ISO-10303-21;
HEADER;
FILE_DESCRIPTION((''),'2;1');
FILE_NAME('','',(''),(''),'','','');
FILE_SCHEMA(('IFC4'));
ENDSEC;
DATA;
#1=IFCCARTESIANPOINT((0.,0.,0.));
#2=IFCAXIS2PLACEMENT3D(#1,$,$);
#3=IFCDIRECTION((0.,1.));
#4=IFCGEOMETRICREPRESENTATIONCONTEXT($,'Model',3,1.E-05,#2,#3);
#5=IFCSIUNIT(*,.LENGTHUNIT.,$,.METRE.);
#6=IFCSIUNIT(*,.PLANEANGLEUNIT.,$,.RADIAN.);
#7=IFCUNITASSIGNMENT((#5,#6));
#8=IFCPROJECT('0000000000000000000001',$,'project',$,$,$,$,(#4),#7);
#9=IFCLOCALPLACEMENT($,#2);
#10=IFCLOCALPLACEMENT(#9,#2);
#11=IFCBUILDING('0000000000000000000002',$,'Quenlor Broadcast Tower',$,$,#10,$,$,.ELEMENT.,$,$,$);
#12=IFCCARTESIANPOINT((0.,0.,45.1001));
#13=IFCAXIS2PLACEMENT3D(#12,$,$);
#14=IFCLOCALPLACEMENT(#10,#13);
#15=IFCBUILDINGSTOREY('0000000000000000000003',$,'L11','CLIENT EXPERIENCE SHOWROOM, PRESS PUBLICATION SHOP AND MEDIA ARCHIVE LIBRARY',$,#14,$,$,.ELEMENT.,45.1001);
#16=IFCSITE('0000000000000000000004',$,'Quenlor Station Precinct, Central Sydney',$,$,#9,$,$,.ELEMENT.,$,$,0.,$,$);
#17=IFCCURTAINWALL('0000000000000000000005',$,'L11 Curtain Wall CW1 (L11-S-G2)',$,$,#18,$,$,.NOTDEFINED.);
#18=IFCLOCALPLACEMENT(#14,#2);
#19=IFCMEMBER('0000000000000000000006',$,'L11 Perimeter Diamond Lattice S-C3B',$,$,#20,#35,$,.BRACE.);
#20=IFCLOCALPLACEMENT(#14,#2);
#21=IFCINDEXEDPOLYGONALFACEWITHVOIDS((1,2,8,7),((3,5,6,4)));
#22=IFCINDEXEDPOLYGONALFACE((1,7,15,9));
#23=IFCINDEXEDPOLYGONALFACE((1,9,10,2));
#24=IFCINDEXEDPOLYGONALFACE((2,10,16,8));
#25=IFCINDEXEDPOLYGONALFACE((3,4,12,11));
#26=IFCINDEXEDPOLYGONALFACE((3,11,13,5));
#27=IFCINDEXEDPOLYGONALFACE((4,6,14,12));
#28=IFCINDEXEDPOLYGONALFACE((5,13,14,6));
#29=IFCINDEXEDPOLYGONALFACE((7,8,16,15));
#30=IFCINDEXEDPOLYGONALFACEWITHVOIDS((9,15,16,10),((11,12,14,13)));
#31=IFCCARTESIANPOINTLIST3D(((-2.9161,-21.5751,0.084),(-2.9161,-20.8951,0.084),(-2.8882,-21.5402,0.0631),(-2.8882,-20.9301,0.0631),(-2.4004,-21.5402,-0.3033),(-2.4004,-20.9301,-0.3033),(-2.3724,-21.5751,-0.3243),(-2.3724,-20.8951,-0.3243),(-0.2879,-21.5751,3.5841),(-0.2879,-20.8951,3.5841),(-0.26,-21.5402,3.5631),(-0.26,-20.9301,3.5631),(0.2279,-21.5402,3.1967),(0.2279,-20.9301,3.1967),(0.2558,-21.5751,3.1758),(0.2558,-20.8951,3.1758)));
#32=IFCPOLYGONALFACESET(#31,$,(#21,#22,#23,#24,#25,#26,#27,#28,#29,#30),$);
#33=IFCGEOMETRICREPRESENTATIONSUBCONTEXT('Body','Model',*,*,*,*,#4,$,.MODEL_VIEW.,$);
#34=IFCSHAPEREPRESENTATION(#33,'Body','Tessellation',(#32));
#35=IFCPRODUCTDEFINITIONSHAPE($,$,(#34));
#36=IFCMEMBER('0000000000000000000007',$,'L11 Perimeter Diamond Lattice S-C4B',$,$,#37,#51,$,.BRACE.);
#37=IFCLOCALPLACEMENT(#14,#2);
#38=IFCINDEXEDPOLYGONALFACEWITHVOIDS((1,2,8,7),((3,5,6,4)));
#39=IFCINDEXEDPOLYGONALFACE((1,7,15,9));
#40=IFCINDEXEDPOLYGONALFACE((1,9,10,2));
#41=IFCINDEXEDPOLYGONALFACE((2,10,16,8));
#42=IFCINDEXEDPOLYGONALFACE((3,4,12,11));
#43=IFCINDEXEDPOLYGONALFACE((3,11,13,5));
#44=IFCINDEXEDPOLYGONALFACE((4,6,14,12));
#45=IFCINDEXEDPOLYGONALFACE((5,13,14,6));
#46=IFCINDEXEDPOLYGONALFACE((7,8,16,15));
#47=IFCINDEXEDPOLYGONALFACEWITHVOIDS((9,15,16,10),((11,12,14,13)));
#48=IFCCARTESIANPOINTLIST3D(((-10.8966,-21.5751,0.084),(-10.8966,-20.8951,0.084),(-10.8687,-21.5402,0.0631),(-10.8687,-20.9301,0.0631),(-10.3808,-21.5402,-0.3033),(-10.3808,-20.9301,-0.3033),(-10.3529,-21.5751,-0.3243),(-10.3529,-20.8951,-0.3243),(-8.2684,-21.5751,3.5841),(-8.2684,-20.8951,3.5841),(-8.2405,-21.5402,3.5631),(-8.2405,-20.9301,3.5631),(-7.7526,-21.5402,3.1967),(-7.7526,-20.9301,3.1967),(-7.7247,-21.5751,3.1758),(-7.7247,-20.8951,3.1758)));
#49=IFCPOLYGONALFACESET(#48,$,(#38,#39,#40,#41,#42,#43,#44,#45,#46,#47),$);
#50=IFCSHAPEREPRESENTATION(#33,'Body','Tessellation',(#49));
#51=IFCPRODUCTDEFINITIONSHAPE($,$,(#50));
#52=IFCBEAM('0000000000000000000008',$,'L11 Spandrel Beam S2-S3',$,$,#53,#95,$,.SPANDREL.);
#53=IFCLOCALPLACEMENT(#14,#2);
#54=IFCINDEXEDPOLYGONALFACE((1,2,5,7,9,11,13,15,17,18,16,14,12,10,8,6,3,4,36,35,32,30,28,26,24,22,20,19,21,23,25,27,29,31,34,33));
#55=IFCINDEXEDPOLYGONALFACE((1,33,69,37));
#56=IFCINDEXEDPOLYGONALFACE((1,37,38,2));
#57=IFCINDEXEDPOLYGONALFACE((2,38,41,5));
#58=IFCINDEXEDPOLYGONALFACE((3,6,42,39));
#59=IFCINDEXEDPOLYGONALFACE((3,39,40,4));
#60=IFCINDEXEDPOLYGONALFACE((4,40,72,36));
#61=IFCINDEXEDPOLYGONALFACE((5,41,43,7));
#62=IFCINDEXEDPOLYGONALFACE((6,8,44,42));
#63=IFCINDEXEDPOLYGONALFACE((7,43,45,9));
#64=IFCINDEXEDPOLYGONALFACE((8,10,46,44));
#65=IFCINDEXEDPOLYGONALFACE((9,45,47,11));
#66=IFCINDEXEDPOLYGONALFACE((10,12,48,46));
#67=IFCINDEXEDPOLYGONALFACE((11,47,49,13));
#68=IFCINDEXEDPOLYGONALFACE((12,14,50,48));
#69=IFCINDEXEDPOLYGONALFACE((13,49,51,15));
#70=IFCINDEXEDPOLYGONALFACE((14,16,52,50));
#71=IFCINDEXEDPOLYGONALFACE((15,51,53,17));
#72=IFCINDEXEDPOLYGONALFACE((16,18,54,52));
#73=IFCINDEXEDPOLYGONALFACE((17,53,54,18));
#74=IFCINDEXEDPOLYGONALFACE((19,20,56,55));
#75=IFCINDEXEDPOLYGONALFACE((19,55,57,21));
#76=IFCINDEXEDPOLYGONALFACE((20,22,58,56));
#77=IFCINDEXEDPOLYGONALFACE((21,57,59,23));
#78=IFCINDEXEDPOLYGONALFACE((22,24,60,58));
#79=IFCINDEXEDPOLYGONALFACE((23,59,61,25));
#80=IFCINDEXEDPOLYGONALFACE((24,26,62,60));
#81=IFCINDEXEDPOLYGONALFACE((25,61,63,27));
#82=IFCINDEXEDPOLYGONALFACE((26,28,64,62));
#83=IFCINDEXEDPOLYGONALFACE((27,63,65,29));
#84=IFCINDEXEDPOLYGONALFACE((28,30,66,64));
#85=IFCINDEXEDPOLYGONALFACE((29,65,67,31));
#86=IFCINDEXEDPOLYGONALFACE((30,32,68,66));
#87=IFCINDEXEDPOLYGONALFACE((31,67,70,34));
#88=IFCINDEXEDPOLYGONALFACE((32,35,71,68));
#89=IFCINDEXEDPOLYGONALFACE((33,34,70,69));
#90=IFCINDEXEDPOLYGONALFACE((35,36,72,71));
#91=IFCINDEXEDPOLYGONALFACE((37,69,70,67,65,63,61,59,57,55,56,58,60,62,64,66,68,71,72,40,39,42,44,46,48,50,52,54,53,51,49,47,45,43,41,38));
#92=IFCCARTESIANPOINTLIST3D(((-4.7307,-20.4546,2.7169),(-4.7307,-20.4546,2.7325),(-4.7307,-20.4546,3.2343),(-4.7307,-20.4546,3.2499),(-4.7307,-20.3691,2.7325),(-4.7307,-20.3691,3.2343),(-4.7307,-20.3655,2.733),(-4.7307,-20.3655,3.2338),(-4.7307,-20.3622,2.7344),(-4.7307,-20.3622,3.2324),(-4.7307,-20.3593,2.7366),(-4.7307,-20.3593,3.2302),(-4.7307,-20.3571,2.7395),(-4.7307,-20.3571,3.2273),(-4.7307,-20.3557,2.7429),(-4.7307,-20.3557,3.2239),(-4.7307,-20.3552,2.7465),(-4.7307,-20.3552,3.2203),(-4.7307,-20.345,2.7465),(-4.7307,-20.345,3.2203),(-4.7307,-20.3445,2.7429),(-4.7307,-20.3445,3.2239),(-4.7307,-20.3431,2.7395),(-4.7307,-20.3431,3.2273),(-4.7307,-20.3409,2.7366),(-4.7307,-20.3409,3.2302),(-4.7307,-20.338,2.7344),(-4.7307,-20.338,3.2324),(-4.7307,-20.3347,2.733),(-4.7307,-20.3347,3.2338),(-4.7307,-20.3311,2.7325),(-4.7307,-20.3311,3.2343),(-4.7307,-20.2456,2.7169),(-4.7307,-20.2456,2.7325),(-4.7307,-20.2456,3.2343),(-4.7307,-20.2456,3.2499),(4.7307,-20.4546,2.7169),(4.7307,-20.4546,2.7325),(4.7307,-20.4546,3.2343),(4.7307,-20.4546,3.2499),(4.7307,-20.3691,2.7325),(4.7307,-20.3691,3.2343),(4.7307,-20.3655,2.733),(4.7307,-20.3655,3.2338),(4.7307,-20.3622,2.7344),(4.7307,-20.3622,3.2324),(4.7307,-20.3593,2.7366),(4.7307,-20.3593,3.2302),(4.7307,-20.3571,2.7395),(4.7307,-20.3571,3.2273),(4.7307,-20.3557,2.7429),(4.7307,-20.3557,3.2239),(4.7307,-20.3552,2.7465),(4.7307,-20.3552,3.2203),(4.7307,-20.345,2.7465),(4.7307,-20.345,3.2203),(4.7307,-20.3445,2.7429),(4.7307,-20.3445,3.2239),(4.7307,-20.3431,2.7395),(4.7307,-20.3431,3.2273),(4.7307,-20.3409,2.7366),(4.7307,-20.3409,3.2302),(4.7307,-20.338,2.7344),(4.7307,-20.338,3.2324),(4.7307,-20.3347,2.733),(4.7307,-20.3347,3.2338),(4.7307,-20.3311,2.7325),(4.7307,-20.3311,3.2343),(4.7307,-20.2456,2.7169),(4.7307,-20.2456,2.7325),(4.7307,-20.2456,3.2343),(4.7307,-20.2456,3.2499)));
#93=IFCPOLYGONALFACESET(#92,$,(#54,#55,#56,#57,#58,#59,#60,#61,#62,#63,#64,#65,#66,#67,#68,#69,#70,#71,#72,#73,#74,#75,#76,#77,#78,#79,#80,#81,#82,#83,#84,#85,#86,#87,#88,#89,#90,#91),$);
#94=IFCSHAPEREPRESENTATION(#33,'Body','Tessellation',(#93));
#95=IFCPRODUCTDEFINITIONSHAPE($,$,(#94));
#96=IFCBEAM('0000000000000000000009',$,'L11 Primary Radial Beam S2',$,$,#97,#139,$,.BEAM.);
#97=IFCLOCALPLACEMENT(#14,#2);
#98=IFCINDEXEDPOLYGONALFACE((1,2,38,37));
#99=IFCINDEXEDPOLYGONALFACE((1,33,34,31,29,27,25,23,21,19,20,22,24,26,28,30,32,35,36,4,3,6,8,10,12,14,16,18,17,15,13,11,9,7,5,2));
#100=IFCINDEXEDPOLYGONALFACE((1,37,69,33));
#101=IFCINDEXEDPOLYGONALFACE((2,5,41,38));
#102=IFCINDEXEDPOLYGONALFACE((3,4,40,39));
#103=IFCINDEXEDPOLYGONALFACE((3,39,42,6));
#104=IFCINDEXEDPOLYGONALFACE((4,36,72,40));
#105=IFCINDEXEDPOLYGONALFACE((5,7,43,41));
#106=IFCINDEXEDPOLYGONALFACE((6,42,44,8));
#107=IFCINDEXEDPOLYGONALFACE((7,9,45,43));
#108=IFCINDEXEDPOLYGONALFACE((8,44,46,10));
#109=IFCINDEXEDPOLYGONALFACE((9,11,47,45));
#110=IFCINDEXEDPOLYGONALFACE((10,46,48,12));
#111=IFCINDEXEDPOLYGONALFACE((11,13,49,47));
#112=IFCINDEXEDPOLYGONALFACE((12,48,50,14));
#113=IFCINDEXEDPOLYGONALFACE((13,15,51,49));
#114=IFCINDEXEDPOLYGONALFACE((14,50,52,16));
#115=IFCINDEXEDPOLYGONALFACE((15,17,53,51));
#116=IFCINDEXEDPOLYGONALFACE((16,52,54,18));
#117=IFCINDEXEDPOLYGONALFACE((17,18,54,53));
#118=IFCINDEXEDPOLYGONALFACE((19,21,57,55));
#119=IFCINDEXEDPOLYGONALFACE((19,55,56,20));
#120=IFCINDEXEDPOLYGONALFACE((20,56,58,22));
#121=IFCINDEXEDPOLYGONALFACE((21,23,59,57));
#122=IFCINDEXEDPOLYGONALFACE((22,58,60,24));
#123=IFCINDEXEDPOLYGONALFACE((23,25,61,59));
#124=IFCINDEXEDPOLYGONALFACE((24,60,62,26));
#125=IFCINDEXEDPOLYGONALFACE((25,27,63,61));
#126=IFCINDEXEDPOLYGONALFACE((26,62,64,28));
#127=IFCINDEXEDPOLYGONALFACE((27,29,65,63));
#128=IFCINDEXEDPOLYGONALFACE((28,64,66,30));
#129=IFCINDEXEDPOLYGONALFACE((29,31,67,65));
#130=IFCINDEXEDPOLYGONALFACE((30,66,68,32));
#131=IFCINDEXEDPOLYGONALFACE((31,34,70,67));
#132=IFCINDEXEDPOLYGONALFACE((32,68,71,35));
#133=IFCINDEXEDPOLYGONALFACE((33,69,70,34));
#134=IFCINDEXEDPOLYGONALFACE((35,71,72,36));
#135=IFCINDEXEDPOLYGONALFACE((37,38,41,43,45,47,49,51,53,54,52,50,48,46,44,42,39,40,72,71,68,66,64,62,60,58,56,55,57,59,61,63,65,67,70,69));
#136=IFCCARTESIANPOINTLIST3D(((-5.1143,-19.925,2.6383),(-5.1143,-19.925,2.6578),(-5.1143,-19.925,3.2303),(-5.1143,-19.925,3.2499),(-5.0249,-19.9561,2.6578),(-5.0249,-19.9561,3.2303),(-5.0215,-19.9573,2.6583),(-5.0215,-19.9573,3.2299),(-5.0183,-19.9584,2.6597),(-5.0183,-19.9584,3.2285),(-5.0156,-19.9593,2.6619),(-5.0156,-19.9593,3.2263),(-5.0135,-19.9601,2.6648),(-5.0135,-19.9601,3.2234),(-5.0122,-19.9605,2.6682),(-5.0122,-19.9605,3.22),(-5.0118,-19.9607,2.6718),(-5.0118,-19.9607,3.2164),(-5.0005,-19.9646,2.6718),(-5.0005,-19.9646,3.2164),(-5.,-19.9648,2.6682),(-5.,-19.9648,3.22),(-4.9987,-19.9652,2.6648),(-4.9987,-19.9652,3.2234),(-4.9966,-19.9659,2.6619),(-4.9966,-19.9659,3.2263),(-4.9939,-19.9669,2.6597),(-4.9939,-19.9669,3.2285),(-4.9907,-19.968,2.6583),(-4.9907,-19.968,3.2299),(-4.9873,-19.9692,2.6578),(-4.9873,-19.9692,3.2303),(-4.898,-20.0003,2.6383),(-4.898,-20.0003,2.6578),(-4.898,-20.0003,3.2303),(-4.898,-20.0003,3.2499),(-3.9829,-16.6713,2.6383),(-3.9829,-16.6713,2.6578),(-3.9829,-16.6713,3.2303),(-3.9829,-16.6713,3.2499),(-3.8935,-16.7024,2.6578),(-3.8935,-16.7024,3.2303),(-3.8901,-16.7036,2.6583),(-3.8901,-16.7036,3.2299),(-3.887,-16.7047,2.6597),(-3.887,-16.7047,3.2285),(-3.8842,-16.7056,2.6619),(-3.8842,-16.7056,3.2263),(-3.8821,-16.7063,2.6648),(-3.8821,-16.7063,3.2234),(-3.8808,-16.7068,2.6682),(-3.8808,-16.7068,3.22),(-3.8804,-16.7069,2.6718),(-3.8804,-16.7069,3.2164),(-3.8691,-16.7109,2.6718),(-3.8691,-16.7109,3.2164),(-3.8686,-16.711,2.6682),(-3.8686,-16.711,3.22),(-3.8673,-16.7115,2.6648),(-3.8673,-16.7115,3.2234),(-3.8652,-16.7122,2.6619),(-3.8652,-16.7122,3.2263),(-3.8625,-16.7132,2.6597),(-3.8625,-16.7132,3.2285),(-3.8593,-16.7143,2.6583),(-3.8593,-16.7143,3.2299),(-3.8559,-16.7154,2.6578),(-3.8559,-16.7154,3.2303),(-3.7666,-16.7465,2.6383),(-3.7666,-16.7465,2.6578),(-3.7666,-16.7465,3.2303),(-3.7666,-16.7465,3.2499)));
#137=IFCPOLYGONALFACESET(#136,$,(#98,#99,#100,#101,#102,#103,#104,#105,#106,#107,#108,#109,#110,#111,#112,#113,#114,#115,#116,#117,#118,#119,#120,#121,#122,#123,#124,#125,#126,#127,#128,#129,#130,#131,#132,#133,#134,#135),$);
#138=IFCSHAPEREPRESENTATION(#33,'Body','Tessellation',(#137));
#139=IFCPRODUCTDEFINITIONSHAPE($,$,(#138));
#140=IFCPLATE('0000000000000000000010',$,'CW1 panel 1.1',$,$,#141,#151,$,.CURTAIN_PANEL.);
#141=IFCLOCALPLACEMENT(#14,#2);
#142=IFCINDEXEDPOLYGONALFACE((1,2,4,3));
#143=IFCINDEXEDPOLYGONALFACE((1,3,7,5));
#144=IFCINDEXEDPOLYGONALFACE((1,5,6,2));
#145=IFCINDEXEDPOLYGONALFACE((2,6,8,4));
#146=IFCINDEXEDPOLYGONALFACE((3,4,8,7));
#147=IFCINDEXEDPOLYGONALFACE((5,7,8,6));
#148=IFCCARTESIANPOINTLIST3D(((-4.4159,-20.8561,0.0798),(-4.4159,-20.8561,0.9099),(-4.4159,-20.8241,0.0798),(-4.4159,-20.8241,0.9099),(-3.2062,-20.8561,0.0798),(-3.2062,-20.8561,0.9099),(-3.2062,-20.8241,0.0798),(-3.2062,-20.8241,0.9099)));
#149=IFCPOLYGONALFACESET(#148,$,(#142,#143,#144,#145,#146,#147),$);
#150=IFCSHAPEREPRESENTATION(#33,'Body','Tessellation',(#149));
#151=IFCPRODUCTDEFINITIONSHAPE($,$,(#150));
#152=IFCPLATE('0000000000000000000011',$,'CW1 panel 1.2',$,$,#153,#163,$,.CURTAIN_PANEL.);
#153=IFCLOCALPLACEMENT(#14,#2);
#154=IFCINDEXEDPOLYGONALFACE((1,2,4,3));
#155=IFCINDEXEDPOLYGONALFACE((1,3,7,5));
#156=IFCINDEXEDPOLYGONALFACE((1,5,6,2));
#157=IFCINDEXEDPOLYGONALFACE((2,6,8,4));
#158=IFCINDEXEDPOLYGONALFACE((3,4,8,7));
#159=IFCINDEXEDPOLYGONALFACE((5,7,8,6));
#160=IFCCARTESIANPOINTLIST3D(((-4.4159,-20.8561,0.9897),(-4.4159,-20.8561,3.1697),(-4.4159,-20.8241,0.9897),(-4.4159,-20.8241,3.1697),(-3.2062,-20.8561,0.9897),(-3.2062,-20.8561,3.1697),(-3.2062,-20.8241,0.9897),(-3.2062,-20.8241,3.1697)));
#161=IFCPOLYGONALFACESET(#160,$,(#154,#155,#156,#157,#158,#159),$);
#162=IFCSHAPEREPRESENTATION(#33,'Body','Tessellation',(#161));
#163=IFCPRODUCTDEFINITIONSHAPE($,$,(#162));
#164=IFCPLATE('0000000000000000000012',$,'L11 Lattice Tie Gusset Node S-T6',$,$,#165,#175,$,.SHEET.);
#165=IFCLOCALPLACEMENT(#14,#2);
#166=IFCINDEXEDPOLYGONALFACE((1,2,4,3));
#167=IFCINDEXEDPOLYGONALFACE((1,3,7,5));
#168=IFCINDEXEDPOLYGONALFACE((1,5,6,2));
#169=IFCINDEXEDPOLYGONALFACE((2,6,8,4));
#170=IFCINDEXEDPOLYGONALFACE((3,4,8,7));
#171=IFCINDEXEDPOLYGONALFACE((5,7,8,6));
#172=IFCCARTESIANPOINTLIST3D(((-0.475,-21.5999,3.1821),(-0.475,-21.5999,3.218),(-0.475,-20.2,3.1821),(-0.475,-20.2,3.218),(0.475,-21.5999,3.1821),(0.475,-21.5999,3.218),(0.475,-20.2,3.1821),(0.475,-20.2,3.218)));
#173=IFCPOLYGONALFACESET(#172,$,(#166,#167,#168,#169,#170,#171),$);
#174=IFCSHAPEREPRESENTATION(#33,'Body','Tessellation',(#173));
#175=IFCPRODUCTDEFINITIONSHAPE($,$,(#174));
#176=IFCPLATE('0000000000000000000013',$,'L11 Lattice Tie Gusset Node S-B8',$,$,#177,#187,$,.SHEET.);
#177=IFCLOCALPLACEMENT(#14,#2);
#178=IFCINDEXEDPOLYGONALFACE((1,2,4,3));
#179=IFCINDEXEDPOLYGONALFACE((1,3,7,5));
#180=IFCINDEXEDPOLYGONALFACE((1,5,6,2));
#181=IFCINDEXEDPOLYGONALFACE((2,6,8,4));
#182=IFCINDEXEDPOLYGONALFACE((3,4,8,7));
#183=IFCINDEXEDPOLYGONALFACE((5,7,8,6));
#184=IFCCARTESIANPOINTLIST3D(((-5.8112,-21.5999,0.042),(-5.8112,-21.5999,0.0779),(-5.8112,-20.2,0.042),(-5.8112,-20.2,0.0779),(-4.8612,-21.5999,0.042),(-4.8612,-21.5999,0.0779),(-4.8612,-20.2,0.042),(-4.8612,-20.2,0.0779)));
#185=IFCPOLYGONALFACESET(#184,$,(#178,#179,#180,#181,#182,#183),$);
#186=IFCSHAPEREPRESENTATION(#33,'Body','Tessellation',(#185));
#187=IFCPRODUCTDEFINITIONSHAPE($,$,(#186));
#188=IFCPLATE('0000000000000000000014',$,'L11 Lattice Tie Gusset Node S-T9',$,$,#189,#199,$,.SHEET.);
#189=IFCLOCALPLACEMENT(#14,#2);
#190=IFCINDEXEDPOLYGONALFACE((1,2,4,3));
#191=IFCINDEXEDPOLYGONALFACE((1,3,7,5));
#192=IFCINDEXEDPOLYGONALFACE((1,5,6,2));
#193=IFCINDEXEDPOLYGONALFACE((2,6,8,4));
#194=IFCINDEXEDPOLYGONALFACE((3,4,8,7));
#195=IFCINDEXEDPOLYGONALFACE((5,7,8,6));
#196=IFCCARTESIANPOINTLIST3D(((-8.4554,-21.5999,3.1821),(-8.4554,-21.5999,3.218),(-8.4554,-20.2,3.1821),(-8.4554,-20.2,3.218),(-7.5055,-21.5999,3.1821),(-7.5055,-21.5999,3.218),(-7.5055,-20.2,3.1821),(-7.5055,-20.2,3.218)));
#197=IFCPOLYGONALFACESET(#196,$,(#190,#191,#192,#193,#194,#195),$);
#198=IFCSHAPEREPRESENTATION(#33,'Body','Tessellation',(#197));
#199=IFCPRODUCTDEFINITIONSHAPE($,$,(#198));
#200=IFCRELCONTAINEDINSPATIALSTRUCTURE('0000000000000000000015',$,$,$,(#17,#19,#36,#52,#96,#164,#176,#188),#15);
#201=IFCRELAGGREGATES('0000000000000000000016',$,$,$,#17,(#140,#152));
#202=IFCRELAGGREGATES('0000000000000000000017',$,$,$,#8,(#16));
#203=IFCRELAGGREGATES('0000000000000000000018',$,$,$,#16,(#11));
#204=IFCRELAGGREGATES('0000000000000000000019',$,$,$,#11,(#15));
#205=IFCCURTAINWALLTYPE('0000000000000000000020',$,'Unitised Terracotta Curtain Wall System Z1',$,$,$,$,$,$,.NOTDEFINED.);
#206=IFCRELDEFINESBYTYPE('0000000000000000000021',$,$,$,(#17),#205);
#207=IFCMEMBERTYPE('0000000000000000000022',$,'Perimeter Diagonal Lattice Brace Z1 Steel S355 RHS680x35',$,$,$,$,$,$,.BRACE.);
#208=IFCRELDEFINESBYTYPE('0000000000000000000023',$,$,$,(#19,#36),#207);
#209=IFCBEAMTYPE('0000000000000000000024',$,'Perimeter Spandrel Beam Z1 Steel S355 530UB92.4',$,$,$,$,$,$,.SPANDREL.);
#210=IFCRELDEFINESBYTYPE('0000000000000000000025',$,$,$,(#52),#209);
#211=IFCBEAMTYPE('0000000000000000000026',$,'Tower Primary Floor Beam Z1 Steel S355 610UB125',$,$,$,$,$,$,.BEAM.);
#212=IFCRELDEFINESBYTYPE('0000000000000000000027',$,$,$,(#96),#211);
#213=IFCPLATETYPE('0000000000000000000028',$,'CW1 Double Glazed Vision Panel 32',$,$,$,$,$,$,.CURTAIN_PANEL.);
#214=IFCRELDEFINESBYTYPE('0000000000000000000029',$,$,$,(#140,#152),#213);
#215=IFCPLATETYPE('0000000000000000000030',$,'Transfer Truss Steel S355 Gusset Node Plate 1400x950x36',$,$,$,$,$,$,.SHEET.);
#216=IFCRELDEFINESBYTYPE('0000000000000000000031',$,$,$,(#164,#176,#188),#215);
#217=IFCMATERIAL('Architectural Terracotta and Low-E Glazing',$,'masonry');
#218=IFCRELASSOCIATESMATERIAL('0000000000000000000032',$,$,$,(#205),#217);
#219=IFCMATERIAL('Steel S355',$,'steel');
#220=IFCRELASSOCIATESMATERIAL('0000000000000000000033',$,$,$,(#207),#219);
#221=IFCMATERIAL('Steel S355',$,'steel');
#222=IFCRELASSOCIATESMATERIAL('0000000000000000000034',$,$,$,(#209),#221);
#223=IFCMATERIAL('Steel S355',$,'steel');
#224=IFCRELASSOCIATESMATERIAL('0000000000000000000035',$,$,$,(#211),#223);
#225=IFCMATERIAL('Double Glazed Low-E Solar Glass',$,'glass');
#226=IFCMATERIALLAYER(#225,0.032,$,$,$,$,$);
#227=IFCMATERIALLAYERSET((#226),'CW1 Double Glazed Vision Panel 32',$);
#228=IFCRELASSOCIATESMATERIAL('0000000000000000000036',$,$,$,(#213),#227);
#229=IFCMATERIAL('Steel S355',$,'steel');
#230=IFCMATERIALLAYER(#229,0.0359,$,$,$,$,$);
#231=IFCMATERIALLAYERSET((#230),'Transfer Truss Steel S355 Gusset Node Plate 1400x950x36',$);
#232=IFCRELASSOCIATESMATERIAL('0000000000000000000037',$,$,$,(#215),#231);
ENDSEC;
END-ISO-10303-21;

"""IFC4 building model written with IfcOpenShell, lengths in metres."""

from ifc_helpers import new_model, si_unit, direction, frame, origin, origin_2d, place, context, subcontext, project, spatial, rectangle, hollow_rectangle, i_section, extrude, material, layer, layer_set, material_profile, profile_set, type_object, element, aggregate, save


model = new_model("IFC4")

# Units and contexts
model_context = context("Model", 3, precision=1e-05, world=origin(), true_north=direction((0.0, 1.0)))
body_context = subcontext(model_context, "Body", "Model", "MODEL_VIEW")
ifc_project = project(units=[si_unit("LENGTHUNIT", "METRE"), si_unit("PLANEANGLEUNIT", "RADIAN")], contexts=[model_context])

# Site, building, storey
site_placement = place(None, origin())
site = spatial("IfcSite", under=ifc_project, at=site_placement, Name="Quenlor Station Precinct, Central Sydney", CompositionType="ELEMENT", RefElevation=0.0)
building_placement = place(site_placement, origin())
building = spatial("IfcBuilding", under=site, at=building_placement, Name="Quenlor Broadcast Tower", CompositionType="ELEMENT")
storey_placement = place(building_placement, frame((0.0, 0.0, 45.1001)))
storey = spatial("IfcBuildingStorey", under=building, at=storey_placement, Name="L11", Description="CLIENT EXPERIENCE SHOWROOM, PRESS PUBLICATION SHOP AND MEDIA ARCHIVE LIBRARY", CompositionType="ELEMENT", Elevation=45.1001)

# Shared definitions
ifc_material_1 = material(Name="Architectural Terracotta and Low-E Glazing", Category="masonry")
curtain_wall_type = type_object("IfcCurtainWallType", Name="Unitised Terracotta Curtain Wall System Z1", PredefinedType="NOTDEFINED", material=ifc_material_1)

# Curtain wall
curtain_wall_1_placement = place(storey_placement, origin())
curtain_wall_1 = element("IfcCurtainWall", 1, at=curtain_wall_1_placement, inside=storey, type_object=curtain_wall_type, Name="L11 Curtain Wall CW1 (L11-S-G2)", PredefinedType="NOTDEFINED")

# Members
ifc_material_2 = material(Name="Steel S355", Category="steel")
ifc_material_profile_1 = material_profile(ifc_material_2, hollow_rectangle(XDim=0.6799, YDim=0.6799, WallThickness=0.0349, at=origin_2d()))
ifc_profile_set_1 = profile_set([ifc_material_profile_1], Name="Steel S355 RHS680x680x35")
member_type_1 = type_object("IfcMemberType", Name="Perimeter Diagonal Lattice Brace Z1 Steel S355 RHS680x35", PredefinedType="BRACE", material=ifc_profile_set_1)
for number, where, z_axis, x_axis, name in (
    (2, (-2.6443, -21.2351, -0.1201), (0.600464, 0.0, 0.799652), (0.0, 1.0, 0.0), "L11 Perimeter Diamond Lattice S-C3B"),
    (3, (-10.6248, -21.2351, -0.1201), (0.600464, 0.0, 0.799652), (0.0, 1.0, 0.0), "L11 Perimeter Diamond Lattice S-C4B"),
):
    element("IfcMember", number, at=place(storey_placement, frame(where, z_axis=z_axis, x_axis=x_axis)), inside=storey, type_object=member_type_1, Name=name, PredefinedType="BRACE", context=body_context, shape_type="SweptSolid", body=[
        extrude(hollow_rectangle(XDim=0.6799, YDim=0.6799, WallThickness=0.0349, at=origin_2d()), origin(), (0.0, 0.0, 1.0), 4.377),
    ])

# Beams
ifc_material_3 = material(Name="Steel S355", Category="steel")
ifc_material_profile_2 = material_profile(ifc_material_3, i_section(OverallWidth=0.209, OverallDepth=0.533, WebThickness=0.0103, FlangeThickness=0.0156, FilletRadius=0.0139, at=origin_2d()))
ifc_profile_set_2 = profile_set([ifc_material_profile_2], Name="Steel S355 530UB92.4")
beam_type_1 = type_object("IfcBeamType", Name="Perimeter Spandrel Beam Z1 Steel S355 530UB92.4", PredefinedType="SPANDREL", material=ifc_profile_set_2)
beam_1_placement = place(storey_placement, frame((-4.7307, -20.3501, 2.9834), z_axis=(1.0, 0.0, 0.0), x_axis=(0.0, 1.0, 0.0)))
element("IfcBeam", 4, at=beam_1_placement, inside=storey, type_object=beam_type_1, Name="L11 Spandrel Beam S2-S3", PredefinedType="SPANDREL", context=body_context, shape_type="SweptSolid", body=[
    extrude(i_section(OverallWidth=0.209, OverallDepth=0.533, WebThickness=0.0103, FlangeThickness=0.0156, FilletRadius=0.0139, at=origin_2d()), origin(), (0.0, 0.0, 1.0), 9.4614),
])
ifc_material_4 = material(Name="Steel S355", Category="steel")
ifc_material_profile_3 = material_profile(ifc_material_4, i_section(OverallWidth=0.229, OverallDepth=0.6116, WebThickness=0.012, FlangeThickness=0.0195, FilletRadius=0.0139, at=origin_2d()))
ifc_profile_set_3 = profile_set([ifc_material_profile_3], Name="Steel S355 610UB125")
beam_type_2 = type_object("IfcBeamType", Name="Tower Primary Floor Beam Z1 Steel S355 610UB125", PredefinedType="BEAM", material=ifc_profile_set_3)
beam_2_placement = place(storey_placement, frame((-5.0061, -19.9626, 2.9441), z_axis=(0.328427, 0.944529, 0.0), x_axis=(-0.944529, 0.328427, 0.0)))
element("IfcBeam", 5, at=beam_2_placement, inside=storey, type_object=beam_type_2, Name="L11 Primary Radial Beam S2", PredefinedType="BEAM", context=body_context, shape_type="SweptSolid", body=[
    extrude(i_section(OverallWidth=0.229, OverallDepth=0.6116, WebThickness=0.012, FlangeThickness=0.0195, FilletRadius=0.0139, at=origin_2d()), origin(), (0.0, 0.0, 1.0), 3.4448),
])

# Plates
ifc_material_5 = material(Name="Double Glazed Low-E Solar Glass", Category="glass")
ifc_layer_1 = layer(ifc_material_5, 0.032)
ifc_layer_set_1 = layer_set([ifc_layer_1], Name="CW1 Double Glazed Vision Panel 32")
plate_type_1 = type_object("IfcPlateType", Name="CW1 Double Glazed Vision Panel 32", PredefinedType="CURTAIN_PANEL", material=ifc_layer_set_1)
plate_1_placement = place(storey_placement, frame((-3.811, -20.8401, 0.0798), z_axis=(0.0, 0.0, 1.0), x_axis=(-1.0, 0.0, 0.0)))
plate_1 = element("IfcPlate", 6, at=plate_1_placement, type_object=plate_type_1, Name="CW1 panel 1.1", PredefinedType="CURTAIN_PANEL", context=body_context, shape_type="SweptSolid", body=[
    extrude(rectangle(XDim=1.2097, YDim=0.032, at=origin_2d()), origin(), (0.0, 0.0, 1.0), 0.8301),
])
plate_2_placement = place(storey_placement, frame((-3.811, -20.8401, 0.9897), z_axis=(0.0, 0.0, 1.0), x_axis=(-1.0, 0.0, 0.0)))
plate_2 = element("IfcPlate", 7, at=plate_2_placement, type_object=plate_type_1, Name="CW1 panel 1.2", PredefinedType="CURTAIN_PANEL", context=body_context, shape_type="SweptSolid", body=[
    extrude(rectangle(XDim=1.2097, YDim=0.032, at=origin_2d()), origin(), (0.0, 0.0, 1.0), 2.1799),
])
aggregate(curtain_wall_1, [plate_1, plate_2])

# Plates
ifc_material_6 = material(Name="Steel S355", Category="steel")
ifc_layer_2 = layer(ifc_material_6, 0.0359)
ifc_layer_set_2 = layer_set([ifc_layer_2], Name="Transfer Truss Steel S355 Gusset Node Plate 1400x950x36")
plate_type_2 = type_object("IfcPlateType", Name="Transfer Truss Steel S355 Gusset Node Plate 1400x950x36", PredefinedType="SHEET", material=ifc_layer_set_2)
for number, where, z_axis, x_axis, name in (
    (8, (0.0, -20.8999, 3.1821), (0.0, 0.0, 1.0), (0.0, -1.0, 0.0), "L11 Lattice Tie Gusset Node S-T6"),
    (9, (-5.3362, -20.8999, 0.042), (0.0, 0.0, 1.0), (0.0, -1.0, 0.0), "L11 Lattice Tie Gusset Node S-B8"),
    (10, (-7.9805, -20.8999, 3.1821), (0.0, 0.0, 1.0), (0.0, -1.0, 0.0), "L11 Lattice Tie Gusset Node S-T9"),
):
    element("IfcPlate", number, at=place(storey_placement, frame(where, z_axis=z_axis, x_axis=x_axis)), inside=storey, type_object=plate_type_2, Name=name, PredefinedType="SHEET", context=body_context, shape_type="SweptSolid", body=[
        extrude(rectangle(XDim=1.3999, YDim=0.95, at=origin_2d()), origin(), (0.0, 0.0, 1.0), 0.0359),
    ])

save(model, "model.ifc")
